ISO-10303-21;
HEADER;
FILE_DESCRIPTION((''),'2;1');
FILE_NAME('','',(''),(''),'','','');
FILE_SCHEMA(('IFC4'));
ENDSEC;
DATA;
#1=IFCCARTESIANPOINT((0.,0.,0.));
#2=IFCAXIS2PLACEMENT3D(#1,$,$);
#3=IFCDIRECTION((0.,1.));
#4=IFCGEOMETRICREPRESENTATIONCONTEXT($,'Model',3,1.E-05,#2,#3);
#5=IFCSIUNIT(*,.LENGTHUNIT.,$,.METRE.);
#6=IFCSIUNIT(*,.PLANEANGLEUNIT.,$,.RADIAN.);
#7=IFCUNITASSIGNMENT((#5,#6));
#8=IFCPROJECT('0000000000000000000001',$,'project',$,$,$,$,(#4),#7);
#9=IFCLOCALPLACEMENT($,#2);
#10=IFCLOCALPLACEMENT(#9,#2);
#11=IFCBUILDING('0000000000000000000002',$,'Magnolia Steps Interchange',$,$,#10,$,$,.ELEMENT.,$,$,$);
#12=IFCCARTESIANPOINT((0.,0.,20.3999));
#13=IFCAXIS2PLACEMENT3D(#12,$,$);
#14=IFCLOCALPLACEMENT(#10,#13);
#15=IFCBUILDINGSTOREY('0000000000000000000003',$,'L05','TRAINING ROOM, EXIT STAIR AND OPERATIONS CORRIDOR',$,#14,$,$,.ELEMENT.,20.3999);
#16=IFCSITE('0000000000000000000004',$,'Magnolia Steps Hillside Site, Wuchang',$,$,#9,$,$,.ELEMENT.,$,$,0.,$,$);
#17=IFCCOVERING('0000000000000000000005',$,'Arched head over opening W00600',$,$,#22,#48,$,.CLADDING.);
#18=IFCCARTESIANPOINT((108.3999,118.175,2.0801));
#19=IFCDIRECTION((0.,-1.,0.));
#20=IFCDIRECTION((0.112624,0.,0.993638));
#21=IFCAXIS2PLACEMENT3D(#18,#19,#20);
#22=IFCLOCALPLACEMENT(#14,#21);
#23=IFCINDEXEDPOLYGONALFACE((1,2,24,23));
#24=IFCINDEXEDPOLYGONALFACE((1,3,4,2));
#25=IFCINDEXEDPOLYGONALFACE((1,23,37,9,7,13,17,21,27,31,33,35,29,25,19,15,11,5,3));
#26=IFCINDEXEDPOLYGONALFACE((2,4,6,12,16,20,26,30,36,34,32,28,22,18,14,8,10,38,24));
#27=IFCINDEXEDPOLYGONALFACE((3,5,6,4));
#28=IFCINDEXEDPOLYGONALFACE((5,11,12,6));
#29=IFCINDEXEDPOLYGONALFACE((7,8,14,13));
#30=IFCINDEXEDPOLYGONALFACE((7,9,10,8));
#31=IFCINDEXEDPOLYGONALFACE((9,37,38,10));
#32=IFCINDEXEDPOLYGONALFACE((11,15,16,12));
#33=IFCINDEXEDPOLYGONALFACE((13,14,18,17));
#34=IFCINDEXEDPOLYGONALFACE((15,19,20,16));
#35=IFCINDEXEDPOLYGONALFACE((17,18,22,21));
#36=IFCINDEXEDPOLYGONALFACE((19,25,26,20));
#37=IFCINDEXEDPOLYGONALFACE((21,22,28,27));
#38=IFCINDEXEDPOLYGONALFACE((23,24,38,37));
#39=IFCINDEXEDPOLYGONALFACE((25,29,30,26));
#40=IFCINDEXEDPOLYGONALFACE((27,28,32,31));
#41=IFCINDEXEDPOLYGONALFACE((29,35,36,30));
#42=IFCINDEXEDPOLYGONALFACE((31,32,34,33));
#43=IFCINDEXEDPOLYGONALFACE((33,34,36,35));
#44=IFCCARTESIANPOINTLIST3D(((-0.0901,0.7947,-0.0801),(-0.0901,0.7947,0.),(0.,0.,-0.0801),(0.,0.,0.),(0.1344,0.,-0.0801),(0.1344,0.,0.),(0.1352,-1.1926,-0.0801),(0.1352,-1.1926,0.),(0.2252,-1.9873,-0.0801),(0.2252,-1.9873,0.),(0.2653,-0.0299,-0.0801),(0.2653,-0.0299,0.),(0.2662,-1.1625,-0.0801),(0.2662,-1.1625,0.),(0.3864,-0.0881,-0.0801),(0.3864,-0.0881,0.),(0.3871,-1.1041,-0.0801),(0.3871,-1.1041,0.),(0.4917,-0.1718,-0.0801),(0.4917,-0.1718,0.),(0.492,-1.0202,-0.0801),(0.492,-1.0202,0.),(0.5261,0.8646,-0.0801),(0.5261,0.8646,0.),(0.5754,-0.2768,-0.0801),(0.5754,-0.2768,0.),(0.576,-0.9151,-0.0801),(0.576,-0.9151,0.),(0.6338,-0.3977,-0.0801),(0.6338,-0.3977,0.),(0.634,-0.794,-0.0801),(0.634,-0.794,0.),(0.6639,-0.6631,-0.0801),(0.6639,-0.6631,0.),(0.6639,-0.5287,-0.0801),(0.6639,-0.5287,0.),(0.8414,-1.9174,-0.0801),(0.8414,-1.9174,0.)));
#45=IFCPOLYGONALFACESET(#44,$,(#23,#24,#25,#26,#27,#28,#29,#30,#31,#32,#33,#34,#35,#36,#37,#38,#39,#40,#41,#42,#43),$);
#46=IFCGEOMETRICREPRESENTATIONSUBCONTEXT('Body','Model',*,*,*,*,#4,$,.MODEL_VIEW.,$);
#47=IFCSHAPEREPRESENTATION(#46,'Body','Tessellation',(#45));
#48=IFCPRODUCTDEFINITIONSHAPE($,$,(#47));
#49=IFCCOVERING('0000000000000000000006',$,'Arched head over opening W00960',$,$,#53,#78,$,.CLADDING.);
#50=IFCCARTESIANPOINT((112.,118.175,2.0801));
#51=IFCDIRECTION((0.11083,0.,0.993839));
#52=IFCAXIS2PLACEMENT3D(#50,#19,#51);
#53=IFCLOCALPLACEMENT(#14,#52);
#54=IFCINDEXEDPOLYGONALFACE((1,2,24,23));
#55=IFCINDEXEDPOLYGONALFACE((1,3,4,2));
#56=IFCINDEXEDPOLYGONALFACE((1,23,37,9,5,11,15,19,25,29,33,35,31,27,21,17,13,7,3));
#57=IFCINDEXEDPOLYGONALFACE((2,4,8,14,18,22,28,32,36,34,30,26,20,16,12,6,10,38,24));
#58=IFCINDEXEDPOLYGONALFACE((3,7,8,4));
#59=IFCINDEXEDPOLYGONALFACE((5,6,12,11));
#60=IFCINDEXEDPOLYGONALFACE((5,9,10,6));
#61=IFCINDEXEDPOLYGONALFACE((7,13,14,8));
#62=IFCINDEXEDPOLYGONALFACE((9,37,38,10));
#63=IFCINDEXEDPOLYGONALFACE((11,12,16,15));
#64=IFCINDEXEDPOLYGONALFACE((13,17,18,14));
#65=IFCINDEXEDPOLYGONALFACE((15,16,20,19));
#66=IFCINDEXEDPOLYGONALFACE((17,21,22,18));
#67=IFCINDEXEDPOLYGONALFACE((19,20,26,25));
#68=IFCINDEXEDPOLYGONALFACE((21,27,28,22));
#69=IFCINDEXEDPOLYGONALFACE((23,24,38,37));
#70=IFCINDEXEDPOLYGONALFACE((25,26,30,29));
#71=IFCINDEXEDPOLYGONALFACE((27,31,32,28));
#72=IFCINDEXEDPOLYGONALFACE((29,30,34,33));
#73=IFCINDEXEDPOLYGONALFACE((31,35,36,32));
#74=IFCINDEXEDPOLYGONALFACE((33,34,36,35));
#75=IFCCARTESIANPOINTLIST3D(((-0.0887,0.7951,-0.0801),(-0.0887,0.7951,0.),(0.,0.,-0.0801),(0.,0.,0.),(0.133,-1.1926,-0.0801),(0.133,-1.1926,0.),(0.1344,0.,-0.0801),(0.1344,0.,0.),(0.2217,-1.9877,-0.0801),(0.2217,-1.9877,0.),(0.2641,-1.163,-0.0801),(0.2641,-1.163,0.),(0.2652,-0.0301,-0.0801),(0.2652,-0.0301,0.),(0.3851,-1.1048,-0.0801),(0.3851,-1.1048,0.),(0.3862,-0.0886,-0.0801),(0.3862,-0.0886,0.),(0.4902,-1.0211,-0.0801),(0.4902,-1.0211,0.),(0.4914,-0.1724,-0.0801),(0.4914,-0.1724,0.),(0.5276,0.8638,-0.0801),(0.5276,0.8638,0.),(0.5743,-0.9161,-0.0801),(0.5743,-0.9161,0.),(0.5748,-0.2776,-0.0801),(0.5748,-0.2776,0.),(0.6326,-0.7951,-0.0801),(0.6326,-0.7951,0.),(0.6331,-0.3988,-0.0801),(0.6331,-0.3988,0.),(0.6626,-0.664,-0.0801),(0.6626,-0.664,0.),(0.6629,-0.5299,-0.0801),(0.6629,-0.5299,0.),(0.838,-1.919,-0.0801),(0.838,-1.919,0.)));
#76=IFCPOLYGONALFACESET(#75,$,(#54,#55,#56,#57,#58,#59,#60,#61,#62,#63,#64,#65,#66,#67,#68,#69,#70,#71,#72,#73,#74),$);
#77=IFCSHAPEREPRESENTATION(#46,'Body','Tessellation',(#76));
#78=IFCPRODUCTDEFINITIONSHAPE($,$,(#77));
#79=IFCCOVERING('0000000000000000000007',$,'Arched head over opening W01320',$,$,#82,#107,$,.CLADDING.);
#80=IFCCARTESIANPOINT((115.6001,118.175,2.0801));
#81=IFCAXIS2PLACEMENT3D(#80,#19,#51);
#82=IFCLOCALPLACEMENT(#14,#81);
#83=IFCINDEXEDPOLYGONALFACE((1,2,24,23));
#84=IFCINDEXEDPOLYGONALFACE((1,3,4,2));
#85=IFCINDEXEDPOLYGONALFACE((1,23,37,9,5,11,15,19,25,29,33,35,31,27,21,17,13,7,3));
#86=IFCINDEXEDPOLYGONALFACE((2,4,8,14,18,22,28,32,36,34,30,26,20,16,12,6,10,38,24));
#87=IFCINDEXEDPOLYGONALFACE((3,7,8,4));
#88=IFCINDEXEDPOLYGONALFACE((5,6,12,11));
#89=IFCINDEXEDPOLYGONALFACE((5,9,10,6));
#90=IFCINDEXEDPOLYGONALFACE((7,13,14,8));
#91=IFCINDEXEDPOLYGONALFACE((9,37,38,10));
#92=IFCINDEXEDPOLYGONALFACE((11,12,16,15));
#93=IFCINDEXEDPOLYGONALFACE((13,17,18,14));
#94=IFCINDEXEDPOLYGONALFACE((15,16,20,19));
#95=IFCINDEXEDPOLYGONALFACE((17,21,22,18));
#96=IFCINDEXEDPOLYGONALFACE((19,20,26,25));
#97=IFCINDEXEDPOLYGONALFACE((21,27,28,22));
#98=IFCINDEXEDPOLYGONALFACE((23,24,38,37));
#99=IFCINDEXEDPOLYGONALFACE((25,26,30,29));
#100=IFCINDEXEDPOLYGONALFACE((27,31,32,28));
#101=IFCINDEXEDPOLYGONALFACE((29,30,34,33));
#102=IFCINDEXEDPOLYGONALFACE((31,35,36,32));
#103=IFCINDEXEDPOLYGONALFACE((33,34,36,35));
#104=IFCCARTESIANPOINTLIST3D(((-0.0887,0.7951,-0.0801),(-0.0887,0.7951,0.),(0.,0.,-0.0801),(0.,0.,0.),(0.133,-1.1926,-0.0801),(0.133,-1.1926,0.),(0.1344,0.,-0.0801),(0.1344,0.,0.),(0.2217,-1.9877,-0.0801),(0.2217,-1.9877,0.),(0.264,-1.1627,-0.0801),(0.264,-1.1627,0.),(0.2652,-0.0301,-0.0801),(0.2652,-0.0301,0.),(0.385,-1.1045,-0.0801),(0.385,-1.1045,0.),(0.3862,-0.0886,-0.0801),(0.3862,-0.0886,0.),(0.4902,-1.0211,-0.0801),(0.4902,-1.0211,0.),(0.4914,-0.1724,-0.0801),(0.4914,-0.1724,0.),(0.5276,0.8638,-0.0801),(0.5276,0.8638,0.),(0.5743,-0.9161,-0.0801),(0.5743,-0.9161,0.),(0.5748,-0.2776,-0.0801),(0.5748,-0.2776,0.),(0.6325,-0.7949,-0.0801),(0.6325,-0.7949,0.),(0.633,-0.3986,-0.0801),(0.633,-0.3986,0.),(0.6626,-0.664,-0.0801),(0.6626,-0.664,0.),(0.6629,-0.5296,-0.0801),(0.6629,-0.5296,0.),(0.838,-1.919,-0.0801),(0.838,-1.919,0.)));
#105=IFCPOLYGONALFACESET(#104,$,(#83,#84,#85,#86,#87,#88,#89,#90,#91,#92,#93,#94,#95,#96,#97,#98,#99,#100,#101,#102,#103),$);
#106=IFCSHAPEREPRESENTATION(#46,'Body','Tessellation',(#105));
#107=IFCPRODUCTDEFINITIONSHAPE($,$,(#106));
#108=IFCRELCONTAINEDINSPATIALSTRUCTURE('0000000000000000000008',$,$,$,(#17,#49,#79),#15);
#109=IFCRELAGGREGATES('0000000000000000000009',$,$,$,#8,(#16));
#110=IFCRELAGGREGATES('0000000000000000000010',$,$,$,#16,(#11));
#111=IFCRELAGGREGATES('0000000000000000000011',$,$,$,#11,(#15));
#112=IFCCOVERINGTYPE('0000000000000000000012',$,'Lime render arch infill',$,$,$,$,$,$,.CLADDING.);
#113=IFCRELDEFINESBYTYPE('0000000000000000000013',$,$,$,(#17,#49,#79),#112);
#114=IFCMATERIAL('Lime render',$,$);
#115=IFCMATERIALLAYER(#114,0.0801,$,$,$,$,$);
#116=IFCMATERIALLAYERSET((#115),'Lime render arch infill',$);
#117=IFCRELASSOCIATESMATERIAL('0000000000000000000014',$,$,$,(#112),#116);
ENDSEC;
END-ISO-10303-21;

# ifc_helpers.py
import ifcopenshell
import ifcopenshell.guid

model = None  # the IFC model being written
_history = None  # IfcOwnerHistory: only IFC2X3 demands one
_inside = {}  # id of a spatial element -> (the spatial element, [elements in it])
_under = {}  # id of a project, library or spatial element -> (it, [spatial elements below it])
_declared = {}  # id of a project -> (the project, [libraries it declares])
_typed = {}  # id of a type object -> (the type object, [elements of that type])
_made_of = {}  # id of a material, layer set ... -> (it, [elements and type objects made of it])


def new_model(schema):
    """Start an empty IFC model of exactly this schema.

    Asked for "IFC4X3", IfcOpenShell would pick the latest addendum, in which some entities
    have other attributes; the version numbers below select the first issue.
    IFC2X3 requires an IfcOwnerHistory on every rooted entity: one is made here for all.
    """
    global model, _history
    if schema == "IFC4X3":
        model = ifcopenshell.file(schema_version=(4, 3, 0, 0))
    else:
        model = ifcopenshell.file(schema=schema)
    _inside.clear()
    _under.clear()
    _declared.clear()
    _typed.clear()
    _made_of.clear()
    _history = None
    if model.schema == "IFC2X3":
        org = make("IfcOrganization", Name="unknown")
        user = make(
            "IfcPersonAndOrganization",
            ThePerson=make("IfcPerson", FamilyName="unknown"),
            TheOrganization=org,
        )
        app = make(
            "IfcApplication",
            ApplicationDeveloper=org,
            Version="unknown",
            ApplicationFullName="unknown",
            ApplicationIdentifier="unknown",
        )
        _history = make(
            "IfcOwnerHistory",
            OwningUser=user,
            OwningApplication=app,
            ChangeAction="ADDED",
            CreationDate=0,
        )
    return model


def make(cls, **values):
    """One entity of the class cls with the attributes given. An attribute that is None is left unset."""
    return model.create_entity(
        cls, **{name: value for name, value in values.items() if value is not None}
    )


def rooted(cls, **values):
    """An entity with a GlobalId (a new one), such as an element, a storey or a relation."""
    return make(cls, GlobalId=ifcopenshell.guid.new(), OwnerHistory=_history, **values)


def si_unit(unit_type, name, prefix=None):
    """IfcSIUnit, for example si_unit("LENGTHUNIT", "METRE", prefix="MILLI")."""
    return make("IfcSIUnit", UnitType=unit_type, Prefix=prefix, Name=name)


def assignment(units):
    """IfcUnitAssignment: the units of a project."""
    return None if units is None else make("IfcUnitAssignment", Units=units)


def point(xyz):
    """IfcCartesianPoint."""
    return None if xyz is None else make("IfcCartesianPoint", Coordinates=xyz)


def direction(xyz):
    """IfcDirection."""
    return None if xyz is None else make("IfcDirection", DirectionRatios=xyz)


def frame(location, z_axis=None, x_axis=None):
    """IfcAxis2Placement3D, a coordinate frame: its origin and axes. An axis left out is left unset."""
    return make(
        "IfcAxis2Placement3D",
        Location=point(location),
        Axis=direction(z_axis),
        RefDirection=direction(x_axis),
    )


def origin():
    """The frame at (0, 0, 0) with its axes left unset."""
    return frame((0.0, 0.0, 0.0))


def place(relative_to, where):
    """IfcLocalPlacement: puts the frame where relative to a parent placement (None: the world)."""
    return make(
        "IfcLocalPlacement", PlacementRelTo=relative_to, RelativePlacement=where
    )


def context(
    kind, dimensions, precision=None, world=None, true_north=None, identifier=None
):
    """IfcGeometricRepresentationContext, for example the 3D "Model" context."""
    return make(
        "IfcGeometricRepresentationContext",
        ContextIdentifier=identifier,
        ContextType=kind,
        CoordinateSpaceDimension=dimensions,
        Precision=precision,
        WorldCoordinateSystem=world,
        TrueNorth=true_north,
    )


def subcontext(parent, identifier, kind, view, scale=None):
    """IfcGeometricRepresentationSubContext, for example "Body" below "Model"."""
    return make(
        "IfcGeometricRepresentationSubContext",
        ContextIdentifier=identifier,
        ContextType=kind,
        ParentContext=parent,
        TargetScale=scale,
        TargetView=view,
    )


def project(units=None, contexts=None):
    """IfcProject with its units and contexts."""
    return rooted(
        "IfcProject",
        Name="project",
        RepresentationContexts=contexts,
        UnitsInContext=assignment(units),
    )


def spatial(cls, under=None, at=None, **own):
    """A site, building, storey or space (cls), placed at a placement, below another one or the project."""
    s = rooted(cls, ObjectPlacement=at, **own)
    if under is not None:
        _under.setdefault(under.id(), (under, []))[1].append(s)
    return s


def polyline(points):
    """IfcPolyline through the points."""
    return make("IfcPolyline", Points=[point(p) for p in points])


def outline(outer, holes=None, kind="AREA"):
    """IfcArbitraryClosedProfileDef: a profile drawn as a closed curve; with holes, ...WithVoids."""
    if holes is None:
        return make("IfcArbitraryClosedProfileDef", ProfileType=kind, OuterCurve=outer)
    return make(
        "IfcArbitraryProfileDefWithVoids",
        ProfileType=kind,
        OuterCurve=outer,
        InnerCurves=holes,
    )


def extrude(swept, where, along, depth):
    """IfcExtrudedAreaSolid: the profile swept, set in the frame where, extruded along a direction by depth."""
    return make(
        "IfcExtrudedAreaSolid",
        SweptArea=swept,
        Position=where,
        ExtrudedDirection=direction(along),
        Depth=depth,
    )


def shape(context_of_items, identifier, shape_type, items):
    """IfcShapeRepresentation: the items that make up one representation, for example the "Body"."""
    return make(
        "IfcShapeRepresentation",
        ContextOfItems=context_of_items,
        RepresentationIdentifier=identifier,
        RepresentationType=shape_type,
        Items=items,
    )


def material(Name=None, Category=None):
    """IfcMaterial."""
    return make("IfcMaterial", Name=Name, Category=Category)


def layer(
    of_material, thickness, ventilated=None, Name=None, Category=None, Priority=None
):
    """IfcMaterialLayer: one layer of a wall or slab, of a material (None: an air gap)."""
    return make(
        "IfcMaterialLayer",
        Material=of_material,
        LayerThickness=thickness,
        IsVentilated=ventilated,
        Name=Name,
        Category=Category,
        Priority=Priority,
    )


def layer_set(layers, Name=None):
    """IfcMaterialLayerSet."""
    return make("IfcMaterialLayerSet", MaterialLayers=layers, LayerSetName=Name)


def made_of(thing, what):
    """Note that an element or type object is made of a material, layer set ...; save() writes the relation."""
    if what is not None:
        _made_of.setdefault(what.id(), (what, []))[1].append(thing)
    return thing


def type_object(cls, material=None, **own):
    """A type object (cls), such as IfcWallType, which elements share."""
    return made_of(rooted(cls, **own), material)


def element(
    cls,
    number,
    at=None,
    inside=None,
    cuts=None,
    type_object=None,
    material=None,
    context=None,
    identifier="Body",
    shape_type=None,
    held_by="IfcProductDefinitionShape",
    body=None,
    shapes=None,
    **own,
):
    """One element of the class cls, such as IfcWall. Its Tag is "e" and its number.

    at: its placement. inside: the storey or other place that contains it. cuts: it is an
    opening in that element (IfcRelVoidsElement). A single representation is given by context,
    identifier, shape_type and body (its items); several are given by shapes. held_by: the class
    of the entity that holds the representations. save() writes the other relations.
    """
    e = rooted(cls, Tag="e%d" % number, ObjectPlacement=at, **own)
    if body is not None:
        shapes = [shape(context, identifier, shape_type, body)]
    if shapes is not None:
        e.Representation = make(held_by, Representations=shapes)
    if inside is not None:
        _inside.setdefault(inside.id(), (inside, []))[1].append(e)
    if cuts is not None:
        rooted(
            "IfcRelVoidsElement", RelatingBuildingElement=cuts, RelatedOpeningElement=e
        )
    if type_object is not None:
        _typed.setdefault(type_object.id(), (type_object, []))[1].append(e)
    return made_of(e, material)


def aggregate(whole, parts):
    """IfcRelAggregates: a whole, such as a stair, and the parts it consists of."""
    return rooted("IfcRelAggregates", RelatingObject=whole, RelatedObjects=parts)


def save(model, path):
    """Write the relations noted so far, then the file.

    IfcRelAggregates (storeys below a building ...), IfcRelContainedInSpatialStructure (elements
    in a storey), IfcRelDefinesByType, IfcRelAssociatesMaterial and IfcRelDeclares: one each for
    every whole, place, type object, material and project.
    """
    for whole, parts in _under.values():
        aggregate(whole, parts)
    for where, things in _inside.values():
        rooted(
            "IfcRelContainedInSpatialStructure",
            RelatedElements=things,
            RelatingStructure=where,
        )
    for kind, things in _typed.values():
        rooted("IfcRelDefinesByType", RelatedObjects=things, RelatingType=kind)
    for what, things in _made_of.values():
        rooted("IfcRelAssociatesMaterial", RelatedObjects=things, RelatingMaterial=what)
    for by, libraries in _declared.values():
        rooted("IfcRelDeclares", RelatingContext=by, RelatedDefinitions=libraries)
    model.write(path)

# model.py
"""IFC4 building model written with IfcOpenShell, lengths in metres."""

from ifc_helpers import new_model, si_unit, direction, frame, origin, place, context, subcontext, project, spatial, polyline, outline, extrude, material, layer, layer_set, type_object, element, save


model = new_model("IFC4")

# Units and contexts
model_context = context("Model", 3, precision=1e-05, world=origin(), true_north=direction((0.0, 1.0)))
body_context = subcontext(model_context, "Body", "Model", "MODEL_VIEW")
ifc_project = project(units=[si_unit("LENGTHUNIT", "METRE"), si_unit("PLANEANGLEUNIT", "RADIAN")], contexts=[model_context])

# Site, building, storey
site_placement = place(None, origin())
site = spatial("IfcSite", under=ifc_project, at=site_placement, Name="Magnolia Steps Hillside Site, Wuchang", CompositionType="ELEMENT", RefElevation=0.0)
building_placement = place(site_placement, origin())
building = spatial("IfcBuilding", under=site, at=building_placement, Name="Magnolia Steps Interchange", CompositionType="ELEMENT")
storey_placement = place(building_placement, frame((0.0, 0.0, 20.3999)))
storey = spatial("IfcBuildingStorey", under=building, at=storey_placement, Name="L05", Description="TRAINING ROOM, EXIT STAIR AND OPERATIONS CORRIDOR", CompositionType="ELEMENT", Elevation=20.3999)

# Coverings
ifc_material_1 = material(Name="Lime render")
ifc_layer_1 = layer(ifc_material_1, 0.0801)
ifc_layer_set_1 = layer_set([ifc_layer_1], Name="Lime render arch infill")
covering_type_1 = type_object("IfcCoveringType", Name="Lime render arch infill", PredefinedType="CLADDING", material=ifc_layer_set_1)
covering_1_placement = place(storey_placement, frame((108.3999, 118.175, 2.0801), z_axis=(0.0, -1.0, 0.0), x_axis=(0.112624, 0.0, 0.993638)))
element("IfcCovering", 1, at=covering_1_placement, inside=storey, type_object=covering_type_1, Name="Arched head over opening W00600", PredefinedType="CLADDING", context=body_context, shape_type="SweptSolid", body=[
    extrude(outline(polyline([(0.0, 0.0), (0.1344, 0.0), (0.2653, -0.0299), (0.3864, -0.0881), (0.4917, -0.1718), (0.5754, -0.2768), (0.6338, -0.3977), (0.6639, -0.5287), (0.6639, -0.6631), (0.634, -0.794), (0.576, -0.9151), (0.492, -1.0202), (0.3871, -1.1041), (0.2662, -1.1625), (0.1352, -1.1926), (0.2252, -1.9873), (0.8414, -1.9174), (0.5261, 0.8646), (-0.0901, 0.7947), (0.0, 0.0)])), origin(), (0.0, 0.0, -1.0), 0.0801),
])
covering_2_placement = place(storey_placement, frame((112.0, 118.175, 2.0801), z_axis=(0.0, -1.0, 0.0), x_axis=(0.11083, 0.0, 0.993839)))
element("IfcCovering", 2, at=covering_2_placement, inside=storey, type_object=covering_type_1, Name="Arched head over opening W00960", PredefinedType="CLADDING", context=body_context, shape_type="SweptSolid", body=[
    extrude(outline(polyline([(0.0, 0.0), (0.1344, 0.0), (0.2652, -0.0301), (0.3862, -0.0886), (0.4914, -0.1724), (0.5748, -0.2776), (0.6331, -0.3988), (0.6629, -0.5299), (0.6626, -0.664), (0.6326, -0.7951), (0.5743, -0.9161), (0.4902, -1.0211), (0.3851, -1.1048), (0.2641, -1.163), (0.133, -1.1926), (0.2217, -1.9877), (0.838, -1.919), (0.5276, 0.8638), (-0.0887, 0.7951), (0.0, 0.0)])), origin(), (0.0, 0.0, -1.0), 0.0801),
])
covering_3_placement = place(storey_placement, frame((115.6001, 118.175, 2.0801), z_axis=(0.0, -1.0, 0.0), x_axis=(0.11083, 0.0, 0.993839)))
element("IfcCovering", 3, at=covering_3_placement, inside=storey, type_object=covering_type_1, Name="Arched head over opening W01320", PredefinedType="CLADDING", context=body_context, shape_type="SweptSolid", body=[
    extrude(outline(polyline([(0.0, 0.0), (0.1344, 0.0), (0.2652, -0.0301), (0.3862, -0.0886), (0.4914, -0.1724), (0.5748, -0.2776), (0.633, -0.3986), (0.6629, -0.5296), (0.6626, -0.664), (0.6325, -0.7949), (0.5743, -0.9161), (0.4902, -1.0211), (0.385, -1.1045), (0.264, -1.1627), (0.133, -1.1926), (0.2217, -1.9877), (0.838, -1.919), (0.5276, 0.8638), (-0.0887, 0.7951), (0.0, 0.0)])), origin(), (0.0, 0.0, -1.0), 0.0801),
])

save(model, "model.ifc")
